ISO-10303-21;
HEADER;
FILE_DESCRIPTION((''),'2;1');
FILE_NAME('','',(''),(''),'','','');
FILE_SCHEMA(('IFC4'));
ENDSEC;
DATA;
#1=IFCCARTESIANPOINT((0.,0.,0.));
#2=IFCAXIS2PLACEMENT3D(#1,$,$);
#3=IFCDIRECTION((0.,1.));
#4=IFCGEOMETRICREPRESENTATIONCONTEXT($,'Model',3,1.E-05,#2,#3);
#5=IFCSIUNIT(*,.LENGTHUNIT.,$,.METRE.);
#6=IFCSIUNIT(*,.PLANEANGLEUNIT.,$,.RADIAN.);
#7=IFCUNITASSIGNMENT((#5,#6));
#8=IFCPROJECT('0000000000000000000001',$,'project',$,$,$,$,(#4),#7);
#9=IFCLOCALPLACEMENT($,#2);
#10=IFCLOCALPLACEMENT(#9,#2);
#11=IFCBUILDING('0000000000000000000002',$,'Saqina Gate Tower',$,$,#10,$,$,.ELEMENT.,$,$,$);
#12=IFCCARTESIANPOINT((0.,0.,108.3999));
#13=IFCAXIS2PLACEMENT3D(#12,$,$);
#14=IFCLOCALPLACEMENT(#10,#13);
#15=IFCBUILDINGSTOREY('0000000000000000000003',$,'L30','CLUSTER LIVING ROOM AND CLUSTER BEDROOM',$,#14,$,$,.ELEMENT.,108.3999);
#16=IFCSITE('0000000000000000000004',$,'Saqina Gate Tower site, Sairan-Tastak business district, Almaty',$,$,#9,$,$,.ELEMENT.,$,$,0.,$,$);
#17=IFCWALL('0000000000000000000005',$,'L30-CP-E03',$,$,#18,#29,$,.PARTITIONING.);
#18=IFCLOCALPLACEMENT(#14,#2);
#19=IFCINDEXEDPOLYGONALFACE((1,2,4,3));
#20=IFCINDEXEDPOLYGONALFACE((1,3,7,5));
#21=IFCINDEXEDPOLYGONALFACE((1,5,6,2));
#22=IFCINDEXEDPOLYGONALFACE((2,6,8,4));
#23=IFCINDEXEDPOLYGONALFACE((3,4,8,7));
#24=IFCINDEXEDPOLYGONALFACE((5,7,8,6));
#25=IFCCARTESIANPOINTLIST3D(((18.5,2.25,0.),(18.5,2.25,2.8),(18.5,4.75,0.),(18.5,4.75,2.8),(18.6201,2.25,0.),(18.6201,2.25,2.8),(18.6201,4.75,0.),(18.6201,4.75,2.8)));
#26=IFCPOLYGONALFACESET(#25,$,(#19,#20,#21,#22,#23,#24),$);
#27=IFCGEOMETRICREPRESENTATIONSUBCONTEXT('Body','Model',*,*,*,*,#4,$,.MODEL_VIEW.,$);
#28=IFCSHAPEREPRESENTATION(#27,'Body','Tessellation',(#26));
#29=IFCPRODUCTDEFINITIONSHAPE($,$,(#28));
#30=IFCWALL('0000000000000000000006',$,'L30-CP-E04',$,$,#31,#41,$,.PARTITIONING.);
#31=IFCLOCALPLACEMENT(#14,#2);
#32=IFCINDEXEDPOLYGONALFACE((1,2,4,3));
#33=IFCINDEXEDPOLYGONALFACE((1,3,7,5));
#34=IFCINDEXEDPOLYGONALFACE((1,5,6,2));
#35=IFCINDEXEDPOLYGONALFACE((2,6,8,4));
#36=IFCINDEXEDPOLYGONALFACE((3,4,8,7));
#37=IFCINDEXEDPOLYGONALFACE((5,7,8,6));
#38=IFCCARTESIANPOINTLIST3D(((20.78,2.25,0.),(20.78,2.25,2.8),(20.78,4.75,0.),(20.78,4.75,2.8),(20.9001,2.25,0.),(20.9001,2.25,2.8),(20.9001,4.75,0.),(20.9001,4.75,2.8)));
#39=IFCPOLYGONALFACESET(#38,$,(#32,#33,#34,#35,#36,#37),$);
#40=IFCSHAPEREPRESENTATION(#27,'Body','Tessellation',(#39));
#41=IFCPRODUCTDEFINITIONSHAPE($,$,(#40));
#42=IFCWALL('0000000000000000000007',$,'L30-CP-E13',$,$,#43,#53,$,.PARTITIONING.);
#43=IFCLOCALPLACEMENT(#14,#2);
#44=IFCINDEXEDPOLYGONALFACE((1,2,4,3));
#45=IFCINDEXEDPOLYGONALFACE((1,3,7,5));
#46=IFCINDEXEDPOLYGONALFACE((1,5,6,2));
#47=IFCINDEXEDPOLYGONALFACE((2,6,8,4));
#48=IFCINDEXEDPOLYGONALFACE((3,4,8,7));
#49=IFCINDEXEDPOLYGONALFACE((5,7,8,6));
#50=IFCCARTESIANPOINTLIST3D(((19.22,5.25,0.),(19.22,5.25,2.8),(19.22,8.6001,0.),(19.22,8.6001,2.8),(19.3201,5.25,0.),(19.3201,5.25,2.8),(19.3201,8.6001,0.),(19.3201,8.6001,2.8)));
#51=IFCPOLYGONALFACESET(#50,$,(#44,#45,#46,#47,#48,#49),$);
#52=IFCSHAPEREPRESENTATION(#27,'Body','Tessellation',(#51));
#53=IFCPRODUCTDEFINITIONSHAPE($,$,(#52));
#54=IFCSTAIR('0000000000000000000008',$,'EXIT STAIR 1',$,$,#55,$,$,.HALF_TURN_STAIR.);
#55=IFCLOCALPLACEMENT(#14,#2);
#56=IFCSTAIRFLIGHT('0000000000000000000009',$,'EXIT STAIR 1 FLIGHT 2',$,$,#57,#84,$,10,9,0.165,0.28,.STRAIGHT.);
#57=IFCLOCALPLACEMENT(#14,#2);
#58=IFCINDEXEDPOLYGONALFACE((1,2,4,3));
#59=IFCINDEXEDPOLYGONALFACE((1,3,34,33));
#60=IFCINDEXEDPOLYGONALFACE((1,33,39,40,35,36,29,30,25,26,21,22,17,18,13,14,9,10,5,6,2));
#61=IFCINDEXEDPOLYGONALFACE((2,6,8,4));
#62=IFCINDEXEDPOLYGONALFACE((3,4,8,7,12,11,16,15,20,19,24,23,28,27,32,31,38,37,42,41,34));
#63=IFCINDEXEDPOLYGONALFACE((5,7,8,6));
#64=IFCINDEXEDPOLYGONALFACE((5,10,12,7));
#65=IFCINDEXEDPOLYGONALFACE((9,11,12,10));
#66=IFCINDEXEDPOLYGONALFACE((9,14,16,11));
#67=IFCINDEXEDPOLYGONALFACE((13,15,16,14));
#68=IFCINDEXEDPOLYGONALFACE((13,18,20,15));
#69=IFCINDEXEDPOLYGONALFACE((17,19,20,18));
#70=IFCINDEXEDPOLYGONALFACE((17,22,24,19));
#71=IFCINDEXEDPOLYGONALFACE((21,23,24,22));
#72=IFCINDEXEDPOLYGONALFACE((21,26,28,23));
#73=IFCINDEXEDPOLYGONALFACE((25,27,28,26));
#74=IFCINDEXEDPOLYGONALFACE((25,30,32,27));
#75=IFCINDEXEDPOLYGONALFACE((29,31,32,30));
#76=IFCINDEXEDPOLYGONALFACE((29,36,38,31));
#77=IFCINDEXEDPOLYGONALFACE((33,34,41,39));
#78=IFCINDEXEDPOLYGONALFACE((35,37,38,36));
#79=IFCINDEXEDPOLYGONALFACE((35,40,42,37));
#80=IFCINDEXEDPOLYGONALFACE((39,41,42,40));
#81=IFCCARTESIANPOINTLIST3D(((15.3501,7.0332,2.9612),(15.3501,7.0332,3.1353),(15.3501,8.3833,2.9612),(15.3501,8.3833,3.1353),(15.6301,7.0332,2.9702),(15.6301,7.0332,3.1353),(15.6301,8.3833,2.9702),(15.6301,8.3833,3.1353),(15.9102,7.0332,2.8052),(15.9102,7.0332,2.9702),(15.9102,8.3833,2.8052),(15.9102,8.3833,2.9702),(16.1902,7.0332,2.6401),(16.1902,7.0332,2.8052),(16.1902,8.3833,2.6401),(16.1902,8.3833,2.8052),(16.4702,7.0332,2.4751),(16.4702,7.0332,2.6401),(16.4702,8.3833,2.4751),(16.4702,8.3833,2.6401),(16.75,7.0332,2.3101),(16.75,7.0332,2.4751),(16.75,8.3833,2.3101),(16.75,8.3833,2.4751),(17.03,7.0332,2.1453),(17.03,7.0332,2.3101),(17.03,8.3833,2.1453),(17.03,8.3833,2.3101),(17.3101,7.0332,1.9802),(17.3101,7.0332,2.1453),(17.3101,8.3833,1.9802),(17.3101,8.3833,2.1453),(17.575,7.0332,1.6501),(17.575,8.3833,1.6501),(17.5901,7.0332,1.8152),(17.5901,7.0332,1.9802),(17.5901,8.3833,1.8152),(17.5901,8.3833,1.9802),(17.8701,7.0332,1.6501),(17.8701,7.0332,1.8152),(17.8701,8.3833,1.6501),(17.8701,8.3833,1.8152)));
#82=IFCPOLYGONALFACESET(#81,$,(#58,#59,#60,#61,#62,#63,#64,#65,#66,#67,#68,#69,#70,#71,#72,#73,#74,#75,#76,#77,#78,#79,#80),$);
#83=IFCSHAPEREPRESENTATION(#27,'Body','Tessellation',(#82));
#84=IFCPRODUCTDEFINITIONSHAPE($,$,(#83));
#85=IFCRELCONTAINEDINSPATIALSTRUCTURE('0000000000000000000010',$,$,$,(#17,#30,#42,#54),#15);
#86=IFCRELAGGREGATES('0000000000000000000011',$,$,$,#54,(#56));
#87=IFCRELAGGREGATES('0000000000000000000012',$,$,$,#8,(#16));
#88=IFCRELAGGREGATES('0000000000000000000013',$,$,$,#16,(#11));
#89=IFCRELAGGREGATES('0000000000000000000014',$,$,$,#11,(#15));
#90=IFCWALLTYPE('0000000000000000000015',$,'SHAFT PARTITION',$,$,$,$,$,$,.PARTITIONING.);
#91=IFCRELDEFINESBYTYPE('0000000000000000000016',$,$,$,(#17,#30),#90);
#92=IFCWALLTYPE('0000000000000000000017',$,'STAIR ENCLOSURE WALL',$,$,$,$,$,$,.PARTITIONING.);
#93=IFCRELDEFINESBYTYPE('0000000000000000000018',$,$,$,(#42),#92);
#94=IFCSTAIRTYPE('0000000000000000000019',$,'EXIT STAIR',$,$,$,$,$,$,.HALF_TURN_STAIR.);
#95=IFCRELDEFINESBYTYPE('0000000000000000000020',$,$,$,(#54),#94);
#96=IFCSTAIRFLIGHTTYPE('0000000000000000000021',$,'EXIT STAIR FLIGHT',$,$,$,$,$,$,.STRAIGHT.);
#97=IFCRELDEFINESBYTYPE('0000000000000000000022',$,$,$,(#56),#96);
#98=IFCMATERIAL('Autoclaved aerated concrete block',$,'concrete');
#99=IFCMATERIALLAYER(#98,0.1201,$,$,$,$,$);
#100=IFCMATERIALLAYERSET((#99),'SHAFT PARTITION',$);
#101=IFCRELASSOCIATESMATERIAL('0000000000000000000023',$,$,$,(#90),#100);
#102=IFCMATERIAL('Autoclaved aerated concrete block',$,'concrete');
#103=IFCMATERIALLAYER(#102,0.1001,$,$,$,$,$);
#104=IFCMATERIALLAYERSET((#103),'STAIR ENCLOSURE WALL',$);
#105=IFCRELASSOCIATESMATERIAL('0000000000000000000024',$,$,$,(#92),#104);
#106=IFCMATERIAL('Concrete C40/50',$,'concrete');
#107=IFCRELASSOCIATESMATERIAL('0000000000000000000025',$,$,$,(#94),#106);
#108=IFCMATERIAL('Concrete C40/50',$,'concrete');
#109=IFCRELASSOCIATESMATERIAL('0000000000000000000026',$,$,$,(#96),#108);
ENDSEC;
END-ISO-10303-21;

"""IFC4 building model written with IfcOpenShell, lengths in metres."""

from ifc_helpers import new_model, si_unit, direction, frame, frame_2d, origin, place, context, subcontext, project, spatial, polyline, rectangle, outline, extrude, material, layer, layer_set, type_object, element, aggregate, save


model = new_model("IFC4")

# Units and contexts
model_context = context("Model", 3, precision=1e-05, world=origin(), true_north=direction((0.0, 1.0)))
body_context = subcontext(model_context, "Body", "Model", "MODEL_VIEW")
ifc_project = project(units=[si_unit("LENGTHUNIT", "METRE"), si_unit("PLANEANGLEUNIT", "RADIAN")], contexts=[model_context])

# Site, building, storey
site_placement = place(None, origin())
site = spatial("IfcSite", under=ifc_project, at=site_placement, Name="Saqina Gate Tower site, Sairan-Tastak business district, Almaty", CompositionType="ELEMENT", RefElevation=0.0)
building_placement = place(site_placement, origin())
building = spatial("IfcBuilding", under=site, at=building_placement, Name="Saqina Gate Tower", CompositionType="ELEMENT")
storey_placement = place(building_placement, frame((0.0, 0.0, 108.3999)))
storey = spatial("IfcBuildingStorey", under=building, at=storey_placement, Name="L30", Description="CLUSTER LIVING ROOM AND CLUSTER BEDROOM", CompositionType="ELEMENT", Elevation=108.3999)

# Walls
ifc_material_1 = material(Name="Autoclaved aerated concrete block", Category="concrete")
ifc_layer_1 = layer(ifc_material_1, 0.1201)
ifc_layer_set_1 = layer_set([ifc_layer_1], Name="SHAFT PARTITION")
wall_type_1 = type_object("IfcWallType", Name="SHAFT PARTITION", PredefinedType="PARTITIONING", material=ifc_layer_set_1)
for number, where, z_axis, x_axis, name in (
    (1, (18.5601, 2.25, 0.0), (0.0, 0.0, 1.0), (0.0, 1.0, 0.0), "L30-CP-E03"),
    (2, (20.8401, 2.25, 0.0), (0.0, 0.0, 1.0), (0.0, 1.0, 0.0), "L30-CP-E04"),
):
    element("IfcWall", number, at=place(storey_placement, frame(where, z_axis=z_axis, x_axis=x_axis)), inside=storey, type_object=wall_type_1, Name=name, PredefinedType="PARTITIONING", context=body_context, shape_type="SweptSolid", body=[
        extrude(rectangle(XDim=2.5, YDim=0.1201, at=frame_2d((1.25, 0.0))), origin(), (0.0, 0.0, 1.0), 2.8),
    ])
ifc_material_2 = material(Name="Autoclaved aerated concrete block", Category="concrete")
ifc_layer_2 = layer(ifc_material_2, 0.1001)
ifc_layer_set_2 = layer_set([ifc_layer_2], Name="STAIR ENCLOSURE WALL")
wall_type_2 = type_object("IfcWallType", Name="STAIR ENCLOSURE WALL", PredefinedType="PARTITIONING", material=ifc_layer_set_2)
wall_1_placement = place(storey_placement, frame((19.27, 5.25, 0.0), z_axis=(0.0, 0.0, 1.0), x_axis=(0.0, 1.0, 0.0)))
element("IfcWall", 3, at=wall_1_placement, inside=storey, type_object=wall_type_2, Name="L30-CP-E13", PredefinedType="PARTITIONING", context=body_context, shape_type="SweptSolid", body=[
    extrude(rectangle(XDim=3.3501, YDim=0.1001, at=frame_2d((1.675, 0.0))), origin(), (0.0, 0.0, 1.0), 2.8),
])

# Stair, stair flight
ifc_material_3 = material(Name="Concrete C40/50", Category="concrete")
stair_type = type_object("IfcStairType", Name="EXIT STAIR", PredefinedType="HALF_TURN_STAIR", material=ifc_material_3)
stair_placement = place(storey_placement, origin())
stair = element("IfcStair", 4, at=stair_placement, inside=storey, type_object=stair_type, Name="EXIT STAIR 1", PredefinedType="HALF_TURN_STAIR")
ifc_material_4 = material(Name="Concrete C40/50", Category="concrete")
stair_flight_type = type_object("IfcStairFlightType", Name="EXIT STAIR FLIGHT", PredefinedType="STRAIGHT", material=ifc_material_4)
stair_flight_placement = place(storey_placement, frame((17.8701, 7.7083, 1.6501), z_axis=(0.0, 0.0, 1.0), x_axis=(-1.0, 0.0, 0.0)))
stair_flight = element("IfcStairFlight", 5, at=stair_flight_placement, type_object=stair_flight_type, Name="EXIT STAIR 1 FLIGHT 2", NumberOfRisers=10, NumberOfTreads=9, PredefinedType="STRAIGHT", RiserHeight=0.165, TreadLength=0.28, context=body_context, shape_type="SweptSolid", body=[
    extrude(outline(polyline([(0.0, 0.0), (0.0, 0.165), (0.28, 0.165), (0.28, 0.3301), (0.5601, 0.3301), (0.5601, 0.4951), (0.8401, 0.4951), (0.8401, 0.6599), (1.1201, 0.6599), (1.1201, 0.825), (1.3999, 0.825), (1.3999, 0.99), (1.6799, 0.99), (1.6799, 1.155), (1.96, 1.155), (1.96, 1.3201), (2.24, 1.3201), (2.24, 1.4851), (2.52, 1.4851), (2.52, 1.6499), (2.52, 1.311), (0.2952, 0.0), (0.0, 0.0)])), frame((0.0, 0.675, 0.0), z_axis=(0.0, -1.0, 0.0), x_axis=(1.0, 0.0, 0.0)), (0.0, 0.0, 1.0), 1.3501),
])
aggregate(stair, [stair_flight])

save(model, "model.ifc")
